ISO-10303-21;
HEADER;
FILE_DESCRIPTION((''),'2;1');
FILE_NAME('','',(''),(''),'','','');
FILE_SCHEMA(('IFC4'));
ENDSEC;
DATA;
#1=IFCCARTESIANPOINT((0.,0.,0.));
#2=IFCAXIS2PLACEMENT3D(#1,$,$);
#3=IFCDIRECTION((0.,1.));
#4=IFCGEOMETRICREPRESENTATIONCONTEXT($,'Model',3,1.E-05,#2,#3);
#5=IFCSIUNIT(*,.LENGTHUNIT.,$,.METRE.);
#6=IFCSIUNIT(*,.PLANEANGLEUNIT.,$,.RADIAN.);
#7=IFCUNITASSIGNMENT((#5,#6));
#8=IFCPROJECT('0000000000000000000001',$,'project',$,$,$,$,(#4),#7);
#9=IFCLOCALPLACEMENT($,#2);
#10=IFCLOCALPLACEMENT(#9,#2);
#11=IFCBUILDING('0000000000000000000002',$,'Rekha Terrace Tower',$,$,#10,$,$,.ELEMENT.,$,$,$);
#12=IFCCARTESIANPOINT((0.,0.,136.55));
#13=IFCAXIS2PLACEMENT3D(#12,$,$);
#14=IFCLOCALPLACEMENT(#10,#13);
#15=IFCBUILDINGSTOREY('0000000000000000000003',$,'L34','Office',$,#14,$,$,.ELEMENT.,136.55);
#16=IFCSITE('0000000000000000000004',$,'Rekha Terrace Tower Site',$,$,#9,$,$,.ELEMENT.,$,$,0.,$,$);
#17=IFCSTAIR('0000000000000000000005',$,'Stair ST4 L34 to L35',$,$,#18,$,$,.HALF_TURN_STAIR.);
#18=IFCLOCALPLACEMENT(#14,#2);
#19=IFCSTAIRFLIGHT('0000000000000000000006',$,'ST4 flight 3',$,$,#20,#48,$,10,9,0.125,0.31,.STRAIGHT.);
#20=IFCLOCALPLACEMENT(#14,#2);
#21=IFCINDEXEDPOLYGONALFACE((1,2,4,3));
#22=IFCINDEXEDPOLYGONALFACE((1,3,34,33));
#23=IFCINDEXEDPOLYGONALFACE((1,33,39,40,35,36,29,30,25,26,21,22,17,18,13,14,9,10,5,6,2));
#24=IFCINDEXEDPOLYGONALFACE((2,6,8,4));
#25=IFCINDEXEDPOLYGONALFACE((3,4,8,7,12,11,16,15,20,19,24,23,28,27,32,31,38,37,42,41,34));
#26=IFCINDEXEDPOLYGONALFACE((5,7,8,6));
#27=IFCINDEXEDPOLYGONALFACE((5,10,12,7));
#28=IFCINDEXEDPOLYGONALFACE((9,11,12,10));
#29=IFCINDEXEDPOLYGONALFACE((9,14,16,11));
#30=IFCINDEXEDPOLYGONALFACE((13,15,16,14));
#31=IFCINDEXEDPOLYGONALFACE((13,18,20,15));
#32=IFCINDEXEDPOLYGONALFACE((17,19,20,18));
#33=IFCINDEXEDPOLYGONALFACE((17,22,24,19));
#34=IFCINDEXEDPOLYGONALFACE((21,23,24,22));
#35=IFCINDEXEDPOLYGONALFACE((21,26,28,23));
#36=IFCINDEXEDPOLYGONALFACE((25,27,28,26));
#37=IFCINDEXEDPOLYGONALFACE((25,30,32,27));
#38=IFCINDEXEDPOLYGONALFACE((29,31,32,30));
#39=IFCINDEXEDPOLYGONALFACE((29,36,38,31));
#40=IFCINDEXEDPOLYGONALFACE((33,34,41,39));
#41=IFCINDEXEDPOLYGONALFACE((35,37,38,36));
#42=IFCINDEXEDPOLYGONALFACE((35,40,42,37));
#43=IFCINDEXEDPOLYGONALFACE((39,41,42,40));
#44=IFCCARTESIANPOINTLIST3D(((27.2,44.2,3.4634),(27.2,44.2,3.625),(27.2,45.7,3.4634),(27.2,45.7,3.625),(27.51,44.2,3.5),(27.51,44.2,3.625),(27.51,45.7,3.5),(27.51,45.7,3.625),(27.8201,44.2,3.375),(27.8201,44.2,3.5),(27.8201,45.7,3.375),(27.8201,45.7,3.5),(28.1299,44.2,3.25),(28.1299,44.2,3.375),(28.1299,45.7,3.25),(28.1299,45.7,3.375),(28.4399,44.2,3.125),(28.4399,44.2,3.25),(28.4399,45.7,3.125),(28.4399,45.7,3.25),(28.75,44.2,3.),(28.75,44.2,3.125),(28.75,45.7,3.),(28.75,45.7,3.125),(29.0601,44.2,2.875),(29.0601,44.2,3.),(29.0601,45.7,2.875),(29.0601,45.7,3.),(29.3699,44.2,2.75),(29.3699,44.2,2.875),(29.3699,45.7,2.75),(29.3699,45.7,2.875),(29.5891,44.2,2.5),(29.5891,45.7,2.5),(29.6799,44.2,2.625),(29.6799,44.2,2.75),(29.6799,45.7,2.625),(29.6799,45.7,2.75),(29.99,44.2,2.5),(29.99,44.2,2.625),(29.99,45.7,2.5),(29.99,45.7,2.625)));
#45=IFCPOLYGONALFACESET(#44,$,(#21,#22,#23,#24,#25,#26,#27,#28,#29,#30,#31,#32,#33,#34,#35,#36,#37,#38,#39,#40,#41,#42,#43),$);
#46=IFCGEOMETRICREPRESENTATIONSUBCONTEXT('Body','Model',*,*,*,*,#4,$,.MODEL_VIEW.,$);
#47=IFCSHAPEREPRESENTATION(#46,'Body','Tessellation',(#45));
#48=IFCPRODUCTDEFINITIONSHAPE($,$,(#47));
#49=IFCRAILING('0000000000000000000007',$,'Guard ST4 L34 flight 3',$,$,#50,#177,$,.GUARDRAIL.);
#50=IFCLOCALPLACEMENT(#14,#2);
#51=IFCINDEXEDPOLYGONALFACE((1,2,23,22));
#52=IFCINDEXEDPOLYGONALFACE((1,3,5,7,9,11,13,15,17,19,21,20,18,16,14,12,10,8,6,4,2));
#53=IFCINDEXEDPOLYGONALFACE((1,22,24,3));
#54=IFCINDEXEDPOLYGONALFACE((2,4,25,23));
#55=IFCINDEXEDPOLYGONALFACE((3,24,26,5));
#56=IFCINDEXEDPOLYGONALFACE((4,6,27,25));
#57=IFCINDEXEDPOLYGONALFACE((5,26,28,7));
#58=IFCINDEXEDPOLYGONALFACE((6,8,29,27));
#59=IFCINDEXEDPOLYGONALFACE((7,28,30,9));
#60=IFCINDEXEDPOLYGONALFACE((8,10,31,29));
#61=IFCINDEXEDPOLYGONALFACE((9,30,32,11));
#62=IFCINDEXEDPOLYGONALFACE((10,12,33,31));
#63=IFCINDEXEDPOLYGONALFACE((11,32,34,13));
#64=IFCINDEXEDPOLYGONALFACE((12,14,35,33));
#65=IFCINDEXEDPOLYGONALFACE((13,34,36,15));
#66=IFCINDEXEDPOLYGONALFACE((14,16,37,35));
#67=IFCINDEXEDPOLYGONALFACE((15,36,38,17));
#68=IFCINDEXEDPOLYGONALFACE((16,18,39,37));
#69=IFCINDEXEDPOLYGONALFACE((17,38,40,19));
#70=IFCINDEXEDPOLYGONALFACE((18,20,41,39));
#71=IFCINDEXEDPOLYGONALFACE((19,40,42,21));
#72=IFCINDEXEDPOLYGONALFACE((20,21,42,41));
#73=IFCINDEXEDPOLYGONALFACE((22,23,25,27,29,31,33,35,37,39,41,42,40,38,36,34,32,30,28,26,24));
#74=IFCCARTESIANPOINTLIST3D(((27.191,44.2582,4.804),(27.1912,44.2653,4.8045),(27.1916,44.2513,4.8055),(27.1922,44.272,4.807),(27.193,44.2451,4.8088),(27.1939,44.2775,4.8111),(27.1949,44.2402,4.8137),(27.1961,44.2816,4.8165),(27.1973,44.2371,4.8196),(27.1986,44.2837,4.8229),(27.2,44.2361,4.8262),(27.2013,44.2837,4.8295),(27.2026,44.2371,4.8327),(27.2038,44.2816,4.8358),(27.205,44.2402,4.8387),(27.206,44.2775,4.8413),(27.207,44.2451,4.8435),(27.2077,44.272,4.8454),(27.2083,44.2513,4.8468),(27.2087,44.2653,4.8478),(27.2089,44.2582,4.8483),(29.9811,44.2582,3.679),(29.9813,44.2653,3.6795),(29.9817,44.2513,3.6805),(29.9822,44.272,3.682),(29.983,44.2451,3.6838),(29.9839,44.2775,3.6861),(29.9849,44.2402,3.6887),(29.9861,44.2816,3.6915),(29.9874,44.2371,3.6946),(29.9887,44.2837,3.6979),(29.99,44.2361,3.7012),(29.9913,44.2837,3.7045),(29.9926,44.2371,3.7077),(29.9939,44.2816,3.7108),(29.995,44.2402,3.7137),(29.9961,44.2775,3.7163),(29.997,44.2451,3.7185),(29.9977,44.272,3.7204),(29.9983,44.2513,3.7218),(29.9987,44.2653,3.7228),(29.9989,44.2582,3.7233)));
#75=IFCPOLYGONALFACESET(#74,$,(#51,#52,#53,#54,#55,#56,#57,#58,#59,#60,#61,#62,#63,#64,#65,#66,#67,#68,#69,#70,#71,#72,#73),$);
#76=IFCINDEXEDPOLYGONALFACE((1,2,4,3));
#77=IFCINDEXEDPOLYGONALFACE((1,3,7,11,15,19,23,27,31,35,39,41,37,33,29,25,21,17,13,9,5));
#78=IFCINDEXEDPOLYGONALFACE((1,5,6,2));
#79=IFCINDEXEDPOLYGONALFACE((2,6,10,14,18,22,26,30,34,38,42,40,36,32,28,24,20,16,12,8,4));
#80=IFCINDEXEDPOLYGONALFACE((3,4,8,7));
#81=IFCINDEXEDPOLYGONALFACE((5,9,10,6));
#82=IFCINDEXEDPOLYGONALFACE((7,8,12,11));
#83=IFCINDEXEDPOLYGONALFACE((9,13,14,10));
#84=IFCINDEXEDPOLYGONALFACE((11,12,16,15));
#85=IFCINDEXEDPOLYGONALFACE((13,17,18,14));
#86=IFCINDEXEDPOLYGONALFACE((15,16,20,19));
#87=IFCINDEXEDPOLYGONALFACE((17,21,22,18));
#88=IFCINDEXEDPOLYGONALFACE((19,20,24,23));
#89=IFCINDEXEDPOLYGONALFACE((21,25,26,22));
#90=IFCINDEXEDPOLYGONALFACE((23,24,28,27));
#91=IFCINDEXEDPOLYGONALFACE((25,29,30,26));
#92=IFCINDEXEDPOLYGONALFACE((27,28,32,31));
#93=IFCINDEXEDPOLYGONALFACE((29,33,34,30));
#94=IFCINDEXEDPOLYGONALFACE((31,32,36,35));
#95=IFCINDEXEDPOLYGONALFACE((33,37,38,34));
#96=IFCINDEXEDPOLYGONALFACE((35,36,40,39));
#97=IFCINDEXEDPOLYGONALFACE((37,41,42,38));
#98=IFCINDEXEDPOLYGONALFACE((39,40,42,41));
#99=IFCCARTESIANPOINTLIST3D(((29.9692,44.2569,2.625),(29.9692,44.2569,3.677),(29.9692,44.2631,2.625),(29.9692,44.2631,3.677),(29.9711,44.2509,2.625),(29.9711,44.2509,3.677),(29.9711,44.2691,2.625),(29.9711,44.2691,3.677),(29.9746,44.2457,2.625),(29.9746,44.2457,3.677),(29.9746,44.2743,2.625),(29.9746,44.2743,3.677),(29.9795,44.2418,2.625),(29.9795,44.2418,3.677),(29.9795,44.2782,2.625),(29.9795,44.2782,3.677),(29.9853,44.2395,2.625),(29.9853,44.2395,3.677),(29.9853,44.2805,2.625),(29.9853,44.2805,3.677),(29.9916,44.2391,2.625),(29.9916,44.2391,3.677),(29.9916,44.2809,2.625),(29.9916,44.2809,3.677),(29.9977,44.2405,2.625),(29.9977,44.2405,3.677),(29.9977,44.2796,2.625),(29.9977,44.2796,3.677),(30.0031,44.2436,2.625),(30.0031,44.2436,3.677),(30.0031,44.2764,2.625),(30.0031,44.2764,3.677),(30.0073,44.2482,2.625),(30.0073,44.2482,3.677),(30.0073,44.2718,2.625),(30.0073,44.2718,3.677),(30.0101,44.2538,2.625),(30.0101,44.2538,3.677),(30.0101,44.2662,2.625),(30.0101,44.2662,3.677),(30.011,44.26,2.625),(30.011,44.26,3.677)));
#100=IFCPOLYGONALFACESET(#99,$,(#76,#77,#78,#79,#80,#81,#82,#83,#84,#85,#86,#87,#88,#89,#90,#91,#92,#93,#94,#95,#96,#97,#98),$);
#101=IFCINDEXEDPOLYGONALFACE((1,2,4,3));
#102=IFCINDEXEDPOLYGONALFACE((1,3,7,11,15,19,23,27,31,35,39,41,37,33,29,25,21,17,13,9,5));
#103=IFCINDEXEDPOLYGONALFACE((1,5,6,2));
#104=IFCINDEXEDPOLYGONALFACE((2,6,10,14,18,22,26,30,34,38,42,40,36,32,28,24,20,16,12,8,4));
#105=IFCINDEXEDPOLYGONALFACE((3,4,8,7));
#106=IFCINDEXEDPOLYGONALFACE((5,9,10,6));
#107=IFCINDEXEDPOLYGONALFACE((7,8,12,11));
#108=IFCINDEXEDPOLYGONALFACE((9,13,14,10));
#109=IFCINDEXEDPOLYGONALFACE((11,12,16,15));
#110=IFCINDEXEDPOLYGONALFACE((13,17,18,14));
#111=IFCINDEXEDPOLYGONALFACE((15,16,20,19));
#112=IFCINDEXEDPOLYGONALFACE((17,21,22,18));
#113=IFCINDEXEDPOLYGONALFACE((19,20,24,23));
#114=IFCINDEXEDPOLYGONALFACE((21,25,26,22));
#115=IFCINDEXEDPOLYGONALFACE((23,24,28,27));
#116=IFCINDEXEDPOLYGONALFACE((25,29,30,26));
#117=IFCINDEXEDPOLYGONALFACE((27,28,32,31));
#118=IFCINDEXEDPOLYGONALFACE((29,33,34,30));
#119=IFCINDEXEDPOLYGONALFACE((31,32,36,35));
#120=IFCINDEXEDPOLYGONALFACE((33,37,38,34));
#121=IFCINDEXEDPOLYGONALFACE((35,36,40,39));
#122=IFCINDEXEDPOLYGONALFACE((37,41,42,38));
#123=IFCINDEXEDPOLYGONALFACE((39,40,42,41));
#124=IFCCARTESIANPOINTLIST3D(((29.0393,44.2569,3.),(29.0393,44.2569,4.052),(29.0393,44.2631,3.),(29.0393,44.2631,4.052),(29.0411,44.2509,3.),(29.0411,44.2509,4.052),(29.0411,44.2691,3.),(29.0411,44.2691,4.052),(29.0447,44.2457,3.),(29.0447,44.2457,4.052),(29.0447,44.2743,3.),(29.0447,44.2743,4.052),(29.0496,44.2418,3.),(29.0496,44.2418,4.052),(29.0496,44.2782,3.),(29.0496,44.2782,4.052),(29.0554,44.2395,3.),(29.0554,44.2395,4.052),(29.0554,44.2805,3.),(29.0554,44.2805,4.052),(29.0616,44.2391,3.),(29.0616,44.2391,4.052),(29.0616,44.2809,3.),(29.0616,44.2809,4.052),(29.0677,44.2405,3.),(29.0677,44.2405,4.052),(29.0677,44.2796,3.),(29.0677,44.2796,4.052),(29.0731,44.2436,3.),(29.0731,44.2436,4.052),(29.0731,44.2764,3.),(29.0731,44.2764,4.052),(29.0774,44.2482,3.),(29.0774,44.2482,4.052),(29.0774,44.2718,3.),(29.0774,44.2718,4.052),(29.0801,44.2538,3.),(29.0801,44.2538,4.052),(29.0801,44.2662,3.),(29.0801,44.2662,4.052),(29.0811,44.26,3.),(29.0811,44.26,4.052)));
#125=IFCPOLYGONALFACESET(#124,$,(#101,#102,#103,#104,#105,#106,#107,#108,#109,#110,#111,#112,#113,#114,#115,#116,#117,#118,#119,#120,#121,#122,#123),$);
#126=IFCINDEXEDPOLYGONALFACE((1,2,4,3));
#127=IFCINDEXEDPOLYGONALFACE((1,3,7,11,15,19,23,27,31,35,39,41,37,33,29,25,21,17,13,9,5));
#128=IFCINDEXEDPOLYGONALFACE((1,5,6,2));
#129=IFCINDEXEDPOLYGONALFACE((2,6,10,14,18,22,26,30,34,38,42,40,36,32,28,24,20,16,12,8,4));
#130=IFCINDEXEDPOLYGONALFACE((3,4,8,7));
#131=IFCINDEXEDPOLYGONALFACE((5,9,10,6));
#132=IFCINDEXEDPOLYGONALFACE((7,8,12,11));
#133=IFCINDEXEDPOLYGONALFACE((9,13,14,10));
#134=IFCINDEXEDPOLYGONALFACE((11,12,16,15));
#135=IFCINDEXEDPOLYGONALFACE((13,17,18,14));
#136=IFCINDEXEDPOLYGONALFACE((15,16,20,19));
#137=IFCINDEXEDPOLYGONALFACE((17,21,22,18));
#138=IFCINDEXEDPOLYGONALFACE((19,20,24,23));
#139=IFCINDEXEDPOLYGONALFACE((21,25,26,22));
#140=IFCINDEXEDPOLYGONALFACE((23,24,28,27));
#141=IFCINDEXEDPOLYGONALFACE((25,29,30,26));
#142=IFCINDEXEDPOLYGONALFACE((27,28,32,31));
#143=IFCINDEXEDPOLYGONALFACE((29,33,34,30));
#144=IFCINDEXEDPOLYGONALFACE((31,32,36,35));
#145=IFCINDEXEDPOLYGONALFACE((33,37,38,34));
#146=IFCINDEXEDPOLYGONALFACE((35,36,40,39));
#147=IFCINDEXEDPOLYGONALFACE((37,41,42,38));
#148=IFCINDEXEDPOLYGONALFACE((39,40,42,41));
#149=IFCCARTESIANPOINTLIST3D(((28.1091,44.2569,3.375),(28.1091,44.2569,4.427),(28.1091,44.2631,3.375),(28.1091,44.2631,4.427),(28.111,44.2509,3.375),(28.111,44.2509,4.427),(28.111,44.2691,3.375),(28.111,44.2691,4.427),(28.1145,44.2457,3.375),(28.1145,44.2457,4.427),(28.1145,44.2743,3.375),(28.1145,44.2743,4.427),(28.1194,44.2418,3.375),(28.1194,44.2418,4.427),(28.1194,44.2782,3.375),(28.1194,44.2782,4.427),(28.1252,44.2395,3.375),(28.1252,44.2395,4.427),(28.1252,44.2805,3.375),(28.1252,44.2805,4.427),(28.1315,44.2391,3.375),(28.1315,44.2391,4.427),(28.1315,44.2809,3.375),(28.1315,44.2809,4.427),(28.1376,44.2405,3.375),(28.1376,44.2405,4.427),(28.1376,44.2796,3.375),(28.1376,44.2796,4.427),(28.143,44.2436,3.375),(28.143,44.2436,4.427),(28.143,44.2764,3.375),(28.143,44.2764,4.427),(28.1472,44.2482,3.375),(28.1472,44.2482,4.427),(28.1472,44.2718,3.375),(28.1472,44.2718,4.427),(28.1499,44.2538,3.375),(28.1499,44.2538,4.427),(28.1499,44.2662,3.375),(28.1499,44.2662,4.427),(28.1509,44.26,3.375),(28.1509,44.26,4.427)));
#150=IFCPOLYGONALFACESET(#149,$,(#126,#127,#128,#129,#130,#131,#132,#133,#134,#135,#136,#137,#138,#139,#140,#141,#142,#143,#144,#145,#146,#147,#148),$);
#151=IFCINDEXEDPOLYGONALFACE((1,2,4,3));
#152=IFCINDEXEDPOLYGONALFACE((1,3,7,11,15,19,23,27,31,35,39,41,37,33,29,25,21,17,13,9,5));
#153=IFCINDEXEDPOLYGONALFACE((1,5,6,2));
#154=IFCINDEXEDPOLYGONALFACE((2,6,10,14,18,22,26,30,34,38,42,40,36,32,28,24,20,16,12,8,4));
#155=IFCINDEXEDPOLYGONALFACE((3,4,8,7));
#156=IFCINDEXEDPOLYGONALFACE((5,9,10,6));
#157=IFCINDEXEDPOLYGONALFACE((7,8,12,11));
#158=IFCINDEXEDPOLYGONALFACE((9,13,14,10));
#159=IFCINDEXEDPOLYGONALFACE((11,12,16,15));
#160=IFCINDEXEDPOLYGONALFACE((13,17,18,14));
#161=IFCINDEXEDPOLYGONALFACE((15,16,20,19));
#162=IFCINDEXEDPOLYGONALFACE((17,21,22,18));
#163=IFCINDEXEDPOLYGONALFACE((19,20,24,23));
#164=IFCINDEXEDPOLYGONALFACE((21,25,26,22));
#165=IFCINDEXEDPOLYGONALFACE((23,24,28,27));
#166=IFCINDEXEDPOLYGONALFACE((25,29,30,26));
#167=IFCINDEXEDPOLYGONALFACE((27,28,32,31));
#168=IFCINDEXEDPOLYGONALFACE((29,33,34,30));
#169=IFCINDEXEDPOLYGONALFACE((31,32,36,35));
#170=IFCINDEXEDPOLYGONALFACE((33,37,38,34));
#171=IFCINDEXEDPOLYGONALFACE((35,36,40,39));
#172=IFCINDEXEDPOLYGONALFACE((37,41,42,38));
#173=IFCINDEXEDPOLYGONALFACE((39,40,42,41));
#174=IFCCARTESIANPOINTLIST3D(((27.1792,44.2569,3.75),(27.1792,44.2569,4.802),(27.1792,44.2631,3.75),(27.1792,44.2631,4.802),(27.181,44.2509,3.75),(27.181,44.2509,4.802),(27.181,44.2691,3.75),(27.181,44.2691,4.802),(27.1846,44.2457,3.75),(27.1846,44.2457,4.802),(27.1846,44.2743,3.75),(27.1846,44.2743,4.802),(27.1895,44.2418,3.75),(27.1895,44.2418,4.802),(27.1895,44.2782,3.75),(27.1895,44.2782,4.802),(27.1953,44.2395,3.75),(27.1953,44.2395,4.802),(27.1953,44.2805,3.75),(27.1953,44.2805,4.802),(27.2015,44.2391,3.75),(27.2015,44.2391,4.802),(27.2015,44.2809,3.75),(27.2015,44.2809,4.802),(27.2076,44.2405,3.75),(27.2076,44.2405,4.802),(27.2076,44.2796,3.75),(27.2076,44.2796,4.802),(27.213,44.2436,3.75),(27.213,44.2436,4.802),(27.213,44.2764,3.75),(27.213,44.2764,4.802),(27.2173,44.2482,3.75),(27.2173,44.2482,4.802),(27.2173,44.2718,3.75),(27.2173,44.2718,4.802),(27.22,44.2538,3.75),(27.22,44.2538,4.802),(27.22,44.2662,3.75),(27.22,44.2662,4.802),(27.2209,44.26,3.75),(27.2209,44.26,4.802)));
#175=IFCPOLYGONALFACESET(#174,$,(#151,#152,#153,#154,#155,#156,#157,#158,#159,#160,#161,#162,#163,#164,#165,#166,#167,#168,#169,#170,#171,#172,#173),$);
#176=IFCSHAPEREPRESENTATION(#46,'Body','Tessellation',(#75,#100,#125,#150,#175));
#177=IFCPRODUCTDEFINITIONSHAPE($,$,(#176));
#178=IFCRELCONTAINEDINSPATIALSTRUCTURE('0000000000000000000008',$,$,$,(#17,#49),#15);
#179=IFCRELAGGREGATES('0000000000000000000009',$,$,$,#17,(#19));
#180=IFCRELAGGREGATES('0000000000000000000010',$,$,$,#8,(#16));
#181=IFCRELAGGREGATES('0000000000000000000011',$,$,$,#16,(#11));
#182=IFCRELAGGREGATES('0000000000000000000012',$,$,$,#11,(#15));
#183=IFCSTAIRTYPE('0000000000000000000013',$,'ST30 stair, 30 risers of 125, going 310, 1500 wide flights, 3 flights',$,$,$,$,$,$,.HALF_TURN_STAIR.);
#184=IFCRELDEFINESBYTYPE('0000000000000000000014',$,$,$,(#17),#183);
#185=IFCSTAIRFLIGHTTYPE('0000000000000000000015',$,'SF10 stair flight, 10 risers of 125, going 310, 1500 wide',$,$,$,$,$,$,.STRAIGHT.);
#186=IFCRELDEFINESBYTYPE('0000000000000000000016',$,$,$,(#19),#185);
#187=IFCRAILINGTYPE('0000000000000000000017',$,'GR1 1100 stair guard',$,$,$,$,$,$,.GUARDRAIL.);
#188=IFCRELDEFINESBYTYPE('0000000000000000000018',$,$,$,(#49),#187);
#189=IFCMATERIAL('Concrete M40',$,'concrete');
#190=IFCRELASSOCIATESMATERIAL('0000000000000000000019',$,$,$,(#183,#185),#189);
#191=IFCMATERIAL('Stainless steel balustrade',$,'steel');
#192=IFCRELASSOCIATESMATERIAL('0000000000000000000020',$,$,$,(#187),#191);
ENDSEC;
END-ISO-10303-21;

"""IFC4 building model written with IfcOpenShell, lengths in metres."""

from ifc_helpers import new_model, si_unit, direction, frame, origin, origin_2d, place, context, subcontext, project, spatial, polyline, circle, outline, extrude, material, type_object, element, aggregate, save


model = new_model("IFC4")

# Units and contexts
model_context = context("Model", 3, precision=1e-05, world=origin(), true_north=direction((0.0, 1.0)))
body_context = subcontext(model_context, "Body", "Model", "MODEL_VIEW")
ifc_project = project(units=[si_unit("LENGTHUNIT", "METRE"), si_unit("PLANEANGLEUNIT", "RADIAN")], contexts=[model_context])

# Site, building, storey
site_placement = place(None, origin())
site = spatial("IfcSite", under=ifc_project, at=site_placement, Name="Rekha Terrace Tower Site", CompositionType="ELEMENT", RefElevation=0.0)
building_placement = place(site_placement, origin())
building = spatial("IfcBuilding", under=site, at=building_placement, Name="Rekha Terrace Tower", CompositionType="ELEMENT")
storey_placement = place(building_placement, frame((0.0, 0.0, 136.55)))
storey = spatial("IfcBuildingStorey", under=building, at=storey_placement, Name="L34", Description="Office", CompositionType="ELEMENT", Elevation=136.55)

# Stair, stair flight
ifc_material_1 = material(Name="Concrete M40", Category="concrete")
stair_type = type_object("IfcStairType", Name="ST30 stair, 30 risers of 125, going 310, 1500 wide flights, 3 flights", PredefinedType="HALF_TURN_STAIR", material=ifc_material_1)
stair_placement = place(storey_placement, origin())
stair = element("IfcStair", 1, at=stair_placement, inside=storey, type_object=stair_type, Name="Stair ST4 L34 to L35", PredefinedType="HALF_TURN_STAIR")
stair_flight_type = type_object("IfcStairFlightType", Name="SF10 stair flight, 10 risers of 125, going 310, 1500 wide", PredefinedType="STRAIGHT", material=ifc_material_1)
stair_flight_placement = place(storey_placement, frame((29.99, 44.95, 2.5), z_axis=(0.0, 0.0, 1.0), x_axis=(-1.0, 0.0, 0.0)))
stair_flight = element("IfcStairFlight", 2, at=stair_flight_placement, type_object=stair_flight_type, Name="ST4 flight 3", NumberOfRisers=10, NumberOfTreads=9, PredefinedType="STRAIGHT", RiserHeight=0.125, TreadLength=0.31, context=body_context, shape_type="SweptSolid", body=[
    extrude(outline(polyline([(0.0, 0.0), (0.0, 0.125), (0.3101, 0.125), (0.3101, 0.25), (0.6201, 0.25), (0.6201, 0.375), (0.9299, 0.375), (0.9299, 0.5), (1.24, 0.5), (1.24, 0.625), (1.55, 0.625), (1.55, 0.75), (1.8601, 0.75), (1.8601, 0.875), (2.1699, 0.875), (2.1699, 1.0), (2.48, 1.0), (2.48, 1.125), (2.79, 1.125), (2.79, 1.25), (2.79, 0.9634), (0.4009, 0.0), (0.0, 0.0)])), frame((0.0, 0.75, 0.0), z_axis=(0.0, -1.0, 0.0), x_axis=(1.0, 0.0, 0.0)), (0.0, 0.0, 1.0), 1.5),
])
aggregate(stair, [stair_flight])

# Railing
ifc_material_2 = material(Name="Stainless steel balustrade", Category="steel")
railing_type_1 = type_object("IfcRailingType", Name="GR1 1100 stair guard", PredefinedType="GUARDRAIL", material=ifc_material_2)
railing_1_placement = place(storey_placement, frame((29.99, 44.26, 2.625)))
element("IfcRailing", 3, at=railing_1_placement, inside=storey, type_object=railing_type_1, Name="Guard ST4 L34 flight 3", PredefinedType="GUARDRAIL", context=body_context, shape_type="SweptSolid", body=[
    extrude(circle(Radius=0.0239, at=origin_2d()), frame((0.0, 0.0, 1.0762), z_axis=(-0.927443, 0.0, 0.373964), x_axis=(0.0, -1.0, 0.0)), (0.0, 0.0, 1.0), 3.0083),
    extrude(circle(Radius=0.021, at=origin_2d()), origin(), (0.0, 0.0, 1.0), 1.052),
    extrude(circle(Radius=0.021, at=origin_2d()), frame((-0.9299, 0.0, 0.375)), (0.0, 0.0, 1.0), 1.052),
    extrude(circle(Radius=0.021, at=origin_2d()), frame((-1.8601, 0.0, 0.75)), (0.0, 0.0, 1.0), 1.052),
    extrude(circle(Radius=0.021, at=origin_2d()), frame((-2.79, 0.0, 1.125)), (0.0, 0.0, 1.0), 1.052),
])

save(model, "model.ifc")
